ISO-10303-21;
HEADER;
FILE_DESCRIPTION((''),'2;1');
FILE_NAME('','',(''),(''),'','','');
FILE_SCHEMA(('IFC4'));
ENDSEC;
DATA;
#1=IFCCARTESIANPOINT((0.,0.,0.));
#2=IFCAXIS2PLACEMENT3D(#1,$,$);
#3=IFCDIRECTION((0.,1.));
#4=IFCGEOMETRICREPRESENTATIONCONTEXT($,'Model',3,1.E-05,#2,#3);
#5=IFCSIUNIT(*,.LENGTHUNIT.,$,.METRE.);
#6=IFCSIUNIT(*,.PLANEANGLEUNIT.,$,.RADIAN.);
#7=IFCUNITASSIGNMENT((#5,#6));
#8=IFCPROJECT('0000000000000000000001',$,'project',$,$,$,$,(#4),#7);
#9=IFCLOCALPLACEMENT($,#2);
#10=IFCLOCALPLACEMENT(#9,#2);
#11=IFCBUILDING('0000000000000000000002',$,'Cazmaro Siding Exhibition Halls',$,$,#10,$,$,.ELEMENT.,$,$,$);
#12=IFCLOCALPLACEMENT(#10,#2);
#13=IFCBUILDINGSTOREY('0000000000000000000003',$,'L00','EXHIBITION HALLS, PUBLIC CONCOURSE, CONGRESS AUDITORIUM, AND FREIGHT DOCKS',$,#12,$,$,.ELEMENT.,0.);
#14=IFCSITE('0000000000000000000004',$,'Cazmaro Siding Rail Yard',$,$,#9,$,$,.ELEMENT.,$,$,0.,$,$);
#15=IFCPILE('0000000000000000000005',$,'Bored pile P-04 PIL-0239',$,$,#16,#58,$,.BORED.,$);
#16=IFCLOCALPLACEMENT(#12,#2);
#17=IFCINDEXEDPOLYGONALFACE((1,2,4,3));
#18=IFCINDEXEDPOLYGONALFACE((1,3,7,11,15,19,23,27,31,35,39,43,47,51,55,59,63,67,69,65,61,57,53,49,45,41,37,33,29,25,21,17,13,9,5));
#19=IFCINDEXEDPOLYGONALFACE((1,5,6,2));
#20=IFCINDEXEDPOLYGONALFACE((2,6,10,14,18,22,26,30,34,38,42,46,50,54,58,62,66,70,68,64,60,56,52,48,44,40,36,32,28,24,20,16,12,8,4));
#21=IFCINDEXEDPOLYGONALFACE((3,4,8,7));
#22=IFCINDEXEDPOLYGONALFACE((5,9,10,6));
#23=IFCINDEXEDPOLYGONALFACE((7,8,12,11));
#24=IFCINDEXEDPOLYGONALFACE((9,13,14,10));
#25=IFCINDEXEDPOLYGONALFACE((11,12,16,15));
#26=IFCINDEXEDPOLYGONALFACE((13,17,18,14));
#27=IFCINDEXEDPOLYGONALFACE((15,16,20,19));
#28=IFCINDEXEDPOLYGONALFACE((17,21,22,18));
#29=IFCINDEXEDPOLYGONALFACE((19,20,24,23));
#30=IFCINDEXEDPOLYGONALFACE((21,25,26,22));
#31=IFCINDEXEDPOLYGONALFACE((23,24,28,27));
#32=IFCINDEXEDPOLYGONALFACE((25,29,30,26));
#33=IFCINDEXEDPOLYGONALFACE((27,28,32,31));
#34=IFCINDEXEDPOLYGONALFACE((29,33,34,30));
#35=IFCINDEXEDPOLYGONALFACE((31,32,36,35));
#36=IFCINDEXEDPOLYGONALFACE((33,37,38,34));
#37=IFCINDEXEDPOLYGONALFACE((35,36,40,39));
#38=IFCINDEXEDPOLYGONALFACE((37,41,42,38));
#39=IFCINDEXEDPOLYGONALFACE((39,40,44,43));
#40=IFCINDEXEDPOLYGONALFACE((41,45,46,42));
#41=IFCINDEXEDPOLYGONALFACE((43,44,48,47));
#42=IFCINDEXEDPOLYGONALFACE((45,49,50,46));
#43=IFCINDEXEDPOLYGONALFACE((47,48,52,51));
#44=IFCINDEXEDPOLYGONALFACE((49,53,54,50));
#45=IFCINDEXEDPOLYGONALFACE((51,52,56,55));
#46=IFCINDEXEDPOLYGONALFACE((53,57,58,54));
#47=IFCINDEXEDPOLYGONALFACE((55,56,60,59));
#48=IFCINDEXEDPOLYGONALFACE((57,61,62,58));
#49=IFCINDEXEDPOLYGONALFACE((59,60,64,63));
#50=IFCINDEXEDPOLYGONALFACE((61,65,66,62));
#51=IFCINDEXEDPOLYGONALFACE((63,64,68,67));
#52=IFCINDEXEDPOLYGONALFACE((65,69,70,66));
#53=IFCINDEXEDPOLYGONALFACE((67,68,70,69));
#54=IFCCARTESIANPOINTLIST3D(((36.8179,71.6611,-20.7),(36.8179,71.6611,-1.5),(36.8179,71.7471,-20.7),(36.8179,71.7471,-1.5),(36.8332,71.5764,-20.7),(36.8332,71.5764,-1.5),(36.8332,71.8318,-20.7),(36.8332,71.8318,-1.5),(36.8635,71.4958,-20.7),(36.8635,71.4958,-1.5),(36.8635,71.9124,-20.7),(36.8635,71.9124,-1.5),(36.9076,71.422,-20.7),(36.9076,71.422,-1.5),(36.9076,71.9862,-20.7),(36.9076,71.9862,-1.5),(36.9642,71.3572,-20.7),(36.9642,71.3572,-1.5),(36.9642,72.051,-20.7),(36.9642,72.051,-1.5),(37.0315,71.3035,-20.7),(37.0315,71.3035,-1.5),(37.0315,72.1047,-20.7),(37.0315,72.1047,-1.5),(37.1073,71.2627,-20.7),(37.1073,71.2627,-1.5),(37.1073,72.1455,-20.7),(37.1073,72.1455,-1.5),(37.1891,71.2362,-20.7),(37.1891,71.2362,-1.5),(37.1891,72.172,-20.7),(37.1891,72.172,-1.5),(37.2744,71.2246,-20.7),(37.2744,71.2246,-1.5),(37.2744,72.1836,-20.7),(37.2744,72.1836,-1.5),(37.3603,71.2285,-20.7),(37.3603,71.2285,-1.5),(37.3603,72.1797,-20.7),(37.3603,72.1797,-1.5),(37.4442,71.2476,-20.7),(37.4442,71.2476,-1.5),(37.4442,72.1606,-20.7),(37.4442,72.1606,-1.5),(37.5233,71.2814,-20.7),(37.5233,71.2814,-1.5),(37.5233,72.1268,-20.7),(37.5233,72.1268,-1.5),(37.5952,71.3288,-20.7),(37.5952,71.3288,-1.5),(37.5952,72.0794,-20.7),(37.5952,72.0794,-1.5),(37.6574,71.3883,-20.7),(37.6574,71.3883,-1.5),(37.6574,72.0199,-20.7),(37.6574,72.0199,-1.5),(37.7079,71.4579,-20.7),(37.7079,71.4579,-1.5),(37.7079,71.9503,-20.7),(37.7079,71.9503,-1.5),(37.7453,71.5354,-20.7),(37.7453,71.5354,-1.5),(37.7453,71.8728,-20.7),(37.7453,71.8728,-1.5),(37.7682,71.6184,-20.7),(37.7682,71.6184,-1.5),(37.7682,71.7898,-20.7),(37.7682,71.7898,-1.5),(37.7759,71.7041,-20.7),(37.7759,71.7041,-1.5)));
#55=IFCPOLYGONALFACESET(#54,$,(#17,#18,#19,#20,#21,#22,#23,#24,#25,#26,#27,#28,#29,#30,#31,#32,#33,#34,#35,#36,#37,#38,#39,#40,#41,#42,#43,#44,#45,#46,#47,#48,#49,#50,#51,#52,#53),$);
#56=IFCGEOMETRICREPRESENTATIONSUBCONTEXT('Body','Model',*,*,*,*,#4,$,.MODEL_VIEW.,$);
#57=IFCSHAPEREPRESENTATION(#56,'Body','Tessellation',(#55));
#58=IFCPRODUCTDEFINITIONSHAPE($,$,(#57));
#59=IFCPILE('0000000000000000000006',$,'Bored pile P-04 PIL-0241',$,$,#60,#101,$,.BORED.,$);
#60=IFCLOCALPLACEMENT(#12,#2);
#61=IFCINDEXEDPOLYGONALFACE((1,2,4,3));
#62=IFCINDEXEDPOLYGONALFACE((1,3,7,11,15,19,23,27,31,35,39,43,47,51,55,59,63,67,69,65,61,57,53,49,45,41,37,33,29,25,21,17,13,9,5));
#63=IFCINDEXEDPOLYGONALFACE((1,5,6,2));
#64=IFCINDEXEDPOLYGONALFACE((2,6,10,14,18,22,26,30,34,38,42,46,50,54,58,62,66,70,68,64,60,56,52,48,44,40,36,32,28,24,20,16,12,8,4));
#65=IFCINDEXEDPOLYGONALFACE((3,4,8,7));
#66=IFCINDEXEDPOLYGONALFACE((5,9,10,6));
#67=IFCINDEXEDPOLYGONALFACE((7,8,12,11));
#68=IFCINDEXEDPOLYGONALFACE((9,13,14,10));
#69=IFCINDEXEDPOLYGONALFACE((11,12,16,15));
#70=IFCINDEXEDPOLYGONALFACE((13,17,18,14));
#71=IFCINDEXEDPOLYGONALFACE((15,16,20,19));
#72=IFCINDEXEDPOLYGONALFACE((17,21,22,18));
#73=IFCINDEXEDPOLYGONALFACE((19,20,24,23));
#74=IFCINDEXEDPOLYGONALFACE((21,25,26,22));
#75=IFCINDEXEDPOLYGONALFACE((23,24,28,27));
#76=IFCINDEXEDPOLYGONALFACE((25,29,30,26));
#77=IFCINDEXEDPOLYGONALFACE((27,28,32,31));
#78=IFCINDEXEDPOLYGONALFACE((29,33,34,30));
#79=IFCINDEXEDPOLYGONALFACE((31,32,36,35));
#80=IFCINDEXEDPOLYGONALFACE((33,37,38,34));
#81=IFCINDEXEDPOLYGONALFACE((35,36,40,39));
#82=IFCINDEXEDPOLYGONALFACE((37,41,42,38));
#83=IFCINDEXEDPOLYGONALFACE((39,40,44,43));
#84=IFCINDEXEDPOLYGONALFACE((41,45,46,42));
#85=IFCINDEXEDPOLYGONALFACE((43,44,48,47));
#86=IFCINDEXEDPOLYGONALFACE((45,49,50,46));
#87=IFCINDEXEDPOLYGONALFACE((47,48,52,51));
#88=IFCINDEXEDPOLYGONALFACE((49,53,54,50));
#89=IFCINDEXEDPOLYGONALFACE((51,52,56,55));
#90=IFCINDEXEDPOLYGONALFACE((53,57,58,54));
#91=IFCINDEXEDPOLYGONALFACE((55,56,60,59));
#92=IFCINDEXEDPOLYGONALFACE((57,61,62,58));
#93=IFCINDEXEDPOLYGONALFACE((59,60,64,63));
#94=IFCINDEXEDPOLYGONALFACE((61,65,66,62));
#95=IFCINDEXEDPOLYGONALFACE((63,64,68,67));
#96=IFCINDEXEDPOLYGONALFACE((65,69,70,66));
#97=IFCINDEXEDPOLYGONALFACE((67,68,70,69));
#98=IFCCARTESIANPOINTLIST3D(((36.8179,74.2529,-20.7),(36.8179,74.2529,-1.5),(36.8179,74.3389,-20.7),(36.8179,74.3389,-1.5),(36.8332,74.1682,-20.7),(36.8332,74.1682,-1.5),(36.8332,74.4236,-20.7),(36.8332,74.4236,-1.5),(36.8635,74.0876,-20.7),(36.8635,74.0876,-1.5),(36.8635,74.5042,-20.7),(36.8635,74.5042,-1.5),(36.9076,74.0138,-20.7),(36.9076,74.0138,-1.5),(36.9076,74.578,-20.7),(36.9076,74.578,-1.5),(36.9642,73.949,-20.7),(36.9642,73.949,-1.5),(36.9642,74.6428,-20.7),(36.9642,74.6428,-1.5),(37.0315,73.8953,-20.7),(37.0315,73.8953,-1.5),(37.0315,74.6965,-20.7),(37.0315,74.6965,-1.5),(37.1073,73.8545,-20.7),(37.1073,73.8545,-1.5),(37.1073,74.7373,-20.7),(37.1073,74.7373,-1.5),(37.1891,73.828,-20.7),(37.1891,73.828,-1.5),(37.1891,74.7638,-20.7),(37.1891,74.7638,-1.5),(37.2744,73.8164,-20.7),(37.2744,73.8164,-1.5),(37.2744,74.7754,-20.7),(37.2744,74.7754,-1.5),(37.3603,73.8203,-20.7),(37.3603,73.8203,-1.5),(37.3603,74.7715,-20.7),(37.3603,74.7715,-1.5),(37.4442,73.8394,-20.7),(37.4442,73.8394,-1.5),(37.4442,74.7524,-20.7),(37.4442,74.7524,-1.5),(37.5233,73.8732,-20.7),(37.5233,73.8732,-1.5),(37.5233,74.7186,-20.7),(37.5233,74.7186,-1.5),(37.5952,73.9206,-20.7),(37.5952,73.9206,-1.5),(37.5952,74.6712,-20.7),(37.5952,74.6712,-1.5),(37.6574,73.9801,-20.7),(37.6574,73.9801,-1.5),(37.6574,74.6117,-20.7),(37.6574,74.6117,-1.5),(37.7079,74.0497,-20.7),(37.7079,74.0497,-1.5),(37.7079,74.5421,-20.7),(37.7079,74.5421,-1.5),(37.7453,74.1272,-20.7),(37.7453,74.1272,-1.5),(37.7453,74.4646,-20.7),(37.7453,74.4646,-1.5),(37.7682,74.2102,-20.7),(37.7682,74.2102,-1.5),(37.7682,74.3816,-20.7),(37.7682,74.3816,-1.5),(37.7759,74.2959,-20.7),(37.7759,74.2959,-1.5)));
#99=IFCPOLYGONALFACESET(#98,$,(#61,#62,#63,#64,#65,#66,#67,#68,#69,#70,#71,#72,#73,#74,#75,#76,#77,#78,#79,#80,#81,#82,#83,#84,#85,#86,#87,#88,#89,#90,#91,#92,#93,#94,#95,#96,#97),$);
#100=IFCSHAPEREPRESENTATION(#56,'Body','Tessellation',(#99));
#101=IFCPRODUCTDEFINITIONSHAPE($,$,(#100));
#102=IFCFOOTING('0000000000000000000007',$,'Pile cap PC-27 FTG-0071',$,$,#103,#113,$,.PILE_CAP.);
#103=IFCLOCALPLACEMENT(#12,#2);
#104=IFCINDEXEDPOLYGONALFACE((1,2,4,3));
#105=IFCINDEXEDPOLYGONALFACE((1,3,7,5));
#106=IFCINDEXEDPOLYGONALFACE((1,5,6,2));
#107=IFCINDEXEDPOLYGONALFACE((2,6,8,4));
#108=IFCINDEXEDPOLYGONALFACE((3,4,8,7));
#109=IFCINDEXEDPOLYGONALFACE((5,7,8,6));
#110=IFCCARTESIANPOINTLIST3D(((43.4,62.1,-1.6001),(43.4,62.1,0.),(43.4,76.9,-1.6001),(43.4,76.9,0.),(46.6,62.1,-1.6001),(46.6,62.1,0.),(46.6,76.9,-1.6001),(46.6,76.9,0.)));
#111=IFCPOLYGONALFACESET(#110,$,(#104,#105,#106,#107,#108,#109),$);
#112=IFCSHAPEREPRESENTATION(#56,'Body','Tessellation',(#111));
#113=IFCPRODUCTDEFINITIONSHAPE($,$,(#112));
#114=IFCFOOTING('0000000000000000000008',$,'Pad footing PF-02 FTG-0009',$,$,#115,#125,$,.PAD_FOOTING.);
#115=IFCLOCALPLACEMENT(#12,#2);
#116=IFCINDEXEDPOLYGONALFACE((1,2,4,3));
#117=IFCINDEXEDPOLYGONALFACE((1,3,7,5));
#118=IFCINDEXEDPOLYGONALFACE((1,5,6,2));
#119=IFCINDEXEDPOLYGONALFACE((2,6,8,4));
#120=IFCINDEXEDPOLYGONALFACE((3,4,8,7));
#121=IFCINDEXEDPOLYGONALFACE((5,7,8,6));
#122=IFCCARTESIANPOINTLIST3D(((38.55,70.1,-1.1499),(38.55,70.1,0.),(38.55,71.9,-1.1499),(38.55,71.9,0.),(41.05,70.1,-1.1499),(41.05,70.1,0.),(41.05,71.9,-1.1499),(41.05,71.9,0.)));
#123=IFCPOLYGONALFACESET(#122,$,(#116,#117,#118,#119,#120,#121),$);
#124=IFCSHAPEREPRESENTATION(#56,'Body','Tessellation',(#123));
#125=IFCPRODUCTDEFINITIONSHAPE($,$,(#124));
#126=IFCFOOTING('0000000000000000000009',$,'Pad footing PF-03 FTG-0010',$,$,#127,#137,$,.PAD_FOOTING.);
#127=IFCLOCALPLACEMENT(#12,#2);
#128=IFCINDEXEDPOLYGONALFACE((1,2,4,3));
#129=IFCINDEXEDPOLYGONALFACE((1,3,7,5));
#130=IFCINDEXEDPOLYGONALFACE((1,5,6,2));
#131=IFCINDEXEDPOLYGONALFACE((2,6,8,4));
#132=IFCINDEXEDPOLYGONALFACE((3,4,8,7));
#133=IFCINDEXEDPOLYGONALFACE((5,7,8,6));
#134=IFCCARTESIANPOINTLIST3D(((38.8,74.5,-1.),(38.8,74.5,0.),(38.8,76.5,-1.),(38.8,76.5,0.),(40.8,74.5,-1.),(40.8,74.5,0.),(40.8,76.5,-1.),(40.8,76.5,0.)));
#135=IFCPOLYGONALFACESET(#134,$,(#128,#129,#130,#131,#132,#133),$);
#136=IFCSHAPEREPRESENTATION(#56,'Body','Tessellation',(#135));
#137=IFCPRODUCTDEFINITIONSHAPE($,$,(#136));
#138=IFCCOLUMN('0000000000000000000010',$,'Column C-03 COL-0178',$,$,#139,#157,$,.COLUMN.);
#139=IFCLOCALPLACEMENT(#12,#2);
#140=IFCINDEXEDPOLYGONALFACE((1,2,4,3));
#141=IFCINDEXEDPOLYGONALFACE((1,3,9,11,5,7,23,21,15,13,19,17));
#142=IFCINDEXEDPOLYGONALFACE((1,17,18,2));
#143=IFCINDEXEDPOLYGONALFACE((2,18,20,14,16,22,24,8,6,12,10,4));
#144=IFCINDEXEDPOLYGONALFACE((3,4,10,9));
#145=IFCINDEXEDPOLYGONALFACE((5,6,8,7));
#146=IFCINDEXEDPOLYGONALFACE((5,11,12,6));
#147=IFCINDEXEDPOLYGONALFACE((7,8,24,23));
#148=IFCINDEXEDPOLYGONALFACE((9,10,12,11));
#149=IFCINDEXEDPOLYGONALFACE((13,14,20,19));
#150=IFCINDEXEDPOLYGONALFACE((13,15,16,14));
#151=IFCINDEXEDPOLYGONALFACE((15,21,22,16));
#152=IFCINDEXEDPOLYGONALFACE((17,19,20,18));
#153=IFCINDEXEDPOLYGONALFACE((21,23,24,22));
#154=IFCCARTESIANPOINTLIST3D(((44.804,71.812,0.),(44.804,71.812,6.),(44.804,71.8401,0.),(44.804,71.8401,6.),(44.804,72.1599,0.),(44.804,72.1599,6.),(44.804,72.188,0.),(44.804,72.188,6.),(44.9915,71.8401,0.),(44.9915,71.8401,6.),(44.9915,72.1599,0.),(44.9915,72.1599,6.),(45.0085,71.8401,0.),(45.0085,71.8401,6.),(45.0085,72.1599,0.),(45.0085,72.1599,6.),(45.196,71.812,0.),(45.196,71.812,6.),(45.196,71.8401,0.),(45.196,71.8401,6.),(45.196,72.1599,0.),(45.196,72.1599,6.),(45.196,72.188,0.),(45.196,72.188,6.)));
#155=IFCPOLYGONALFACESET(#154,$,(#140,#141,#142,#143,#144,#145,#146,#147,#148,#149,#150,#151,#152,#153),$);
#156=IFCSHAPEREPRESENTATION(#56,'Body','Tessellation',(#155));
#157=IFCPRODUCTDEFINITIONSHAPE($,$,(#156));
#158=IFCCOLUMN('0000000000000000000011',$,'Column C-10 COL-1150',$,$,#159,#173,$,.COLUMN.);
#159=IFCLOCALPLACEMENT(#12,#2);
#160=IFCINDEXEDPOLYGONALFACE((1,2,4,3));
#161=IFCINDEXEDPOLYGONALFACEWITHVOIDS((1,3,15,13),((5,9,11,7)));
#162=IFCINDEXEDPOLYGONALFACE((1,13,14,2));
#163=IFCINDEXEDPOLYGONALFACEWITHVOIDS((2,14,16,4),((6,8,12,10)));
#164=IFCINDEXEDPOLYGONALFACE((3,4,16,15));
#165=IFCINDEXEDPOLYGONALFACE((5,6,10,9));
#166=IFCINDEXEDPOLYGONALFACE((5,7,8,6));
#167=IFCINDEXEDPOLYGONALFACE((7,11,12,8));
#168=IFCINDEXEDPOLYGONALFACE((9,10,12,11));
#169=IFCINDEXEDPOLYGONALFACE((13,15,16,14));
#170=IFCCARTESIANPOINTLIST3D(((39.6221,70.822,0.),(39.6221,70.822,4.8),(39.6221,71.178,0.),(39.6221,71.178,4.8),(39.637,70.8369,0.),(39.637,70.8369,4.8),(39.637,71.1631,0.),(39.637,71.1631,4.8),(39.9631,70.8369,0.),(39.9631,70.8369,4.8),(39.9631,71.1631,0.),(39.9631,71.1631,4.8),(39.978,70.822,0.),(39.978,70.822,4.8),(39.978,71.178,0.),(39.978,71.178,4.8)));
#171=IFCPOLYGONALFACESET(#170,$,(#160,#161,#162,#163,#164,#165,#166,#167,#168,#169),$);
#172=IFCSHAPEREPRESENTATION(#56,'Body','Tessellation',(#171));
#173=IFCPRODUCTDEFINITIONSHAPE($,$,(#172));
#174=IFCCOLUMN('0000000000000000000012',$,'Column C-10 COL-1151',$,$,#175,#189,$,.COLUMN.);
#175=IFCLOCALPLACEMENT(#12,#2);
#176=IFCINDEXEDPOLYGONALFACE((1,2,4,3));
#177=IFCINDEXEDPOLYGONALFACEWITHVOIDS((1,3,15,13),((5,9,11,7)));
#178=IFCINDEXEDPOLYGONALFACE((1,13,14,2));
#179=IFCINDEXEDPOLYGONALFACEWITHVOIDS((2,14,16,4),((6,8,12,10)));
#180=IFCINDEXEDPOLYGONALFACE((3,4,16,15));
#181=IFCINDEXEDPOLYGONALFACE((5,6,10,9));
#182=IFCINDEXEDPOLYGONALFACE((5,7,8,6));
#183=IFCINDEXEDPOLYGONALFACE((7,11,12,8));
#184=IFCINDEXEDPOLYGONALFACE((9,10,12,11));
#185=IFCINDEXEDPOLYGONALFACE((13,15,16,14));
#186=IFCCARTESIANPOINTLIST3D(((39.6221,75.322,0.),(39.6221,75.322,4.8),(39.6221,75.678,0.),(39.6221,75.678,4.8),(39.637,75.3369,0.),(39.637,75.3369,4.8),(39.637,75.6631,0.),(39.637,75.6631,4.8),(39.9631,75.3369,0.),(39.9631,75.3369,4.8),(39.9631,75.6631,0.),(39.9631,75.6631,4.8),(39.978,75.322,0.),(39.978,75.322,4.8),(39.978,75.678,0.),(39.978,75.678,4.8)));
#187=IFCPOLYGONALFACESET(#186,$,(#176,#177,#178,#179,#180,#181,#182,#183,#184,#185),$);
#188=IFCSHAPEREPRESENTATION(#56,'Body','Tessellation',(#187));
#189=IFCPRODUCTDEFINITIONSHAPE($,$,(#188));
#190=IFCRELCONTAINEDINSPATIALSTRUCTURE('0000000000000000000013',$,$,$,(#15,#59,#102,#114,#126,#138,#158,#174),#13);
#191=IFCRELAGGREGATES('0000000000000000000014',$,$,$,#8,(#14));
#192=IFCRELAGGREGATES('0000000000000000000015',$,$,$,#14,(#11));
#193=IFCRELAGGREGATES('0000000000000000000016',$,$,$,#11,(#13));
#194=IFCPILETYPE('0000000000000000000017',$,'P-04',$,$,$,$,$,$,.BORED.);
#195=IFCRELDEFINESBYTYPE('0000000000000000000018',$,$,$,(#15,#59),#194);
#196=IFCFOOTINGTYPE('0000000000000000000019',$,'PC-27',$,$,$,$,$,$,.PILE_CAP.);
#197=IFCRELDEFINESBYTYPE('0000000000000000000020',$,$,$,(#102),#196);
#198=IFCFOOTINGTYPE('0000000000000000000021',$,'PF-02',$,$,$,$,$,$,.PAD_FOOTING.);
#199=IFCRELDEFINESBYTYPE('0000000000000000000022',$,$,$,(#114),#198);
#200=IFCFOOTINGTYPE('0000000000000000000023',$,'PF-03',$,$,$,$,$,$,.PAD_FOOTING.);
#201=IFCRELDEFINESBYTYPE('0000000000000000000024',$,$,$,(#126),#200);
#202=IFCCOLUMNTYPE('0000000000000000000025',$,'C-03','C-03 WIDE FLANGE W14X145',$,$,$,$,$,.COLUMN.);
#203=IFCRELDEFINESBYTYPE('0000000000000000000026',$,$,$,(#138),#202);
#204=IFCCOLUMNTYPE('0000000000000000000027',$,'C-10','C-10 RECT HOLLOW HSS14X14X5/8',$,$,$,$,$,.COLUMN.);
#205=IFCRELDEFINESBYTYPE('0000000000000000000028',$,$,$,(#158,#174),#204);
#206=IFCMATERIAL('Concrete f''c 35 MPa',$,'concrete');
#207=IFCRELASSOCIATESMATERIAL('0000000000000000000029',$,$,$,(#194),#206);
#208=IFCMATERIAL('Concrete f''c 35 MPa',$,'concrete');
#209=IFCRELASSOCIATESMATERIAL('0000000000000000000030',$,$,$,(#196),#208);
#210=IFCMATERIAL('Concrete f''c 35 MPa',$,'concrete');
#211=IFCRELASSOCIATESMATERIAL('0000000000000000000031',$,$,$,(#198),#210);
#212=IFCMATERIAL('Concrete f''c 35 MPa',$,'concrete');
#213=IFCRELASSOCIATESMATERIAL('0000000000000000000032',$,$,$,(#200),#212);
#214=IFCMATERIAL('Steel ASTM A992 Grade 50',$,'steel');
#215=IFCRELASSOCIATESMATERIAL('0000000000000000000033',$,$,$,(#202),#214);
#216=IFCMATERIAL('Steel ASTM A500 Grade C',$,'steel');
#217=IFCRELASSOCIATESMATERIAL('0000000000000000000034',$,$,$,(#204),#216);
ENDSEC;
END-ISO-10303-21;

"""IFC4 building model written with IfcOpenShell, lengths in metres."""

from ifc_helpers import new_model, si_unit, direction, frame, origin, origin_2d, place, context, subcontext, project, spatial, rectangle, hollow_rectangle, circle, i_section, extrude, material, material_profile, profile_set, type_object, element, save


model = new_model("IFC4")

# Units and contexts
model_context = context("Model", 3, precision=1e-05, world=origin(), true_north=direction((0.0, 1.0)))
body_context = subcontext(model_context, "Body", "Model", "MODEL_VIEW")
ifc_project = project(units=[si_unit("LENGTHUNIT", "METRE"), si_unit("PLANEANGLEUNIT", "RADIAN")], contexts=[model_context])

# Site, building, storey
site_placement = place(None, origin())
site = spatial("IfcSite", under=ifc_project, at=site_placement, Name="Cazmaro Siding Rail Yard", CompositionType="ELEMENT", RefElevation=0.0)
building_placement = place(site_placement, origin())
building = spatial("IfcBuilding", under=site, at=building_placement, Name="Cazmaro Siding Exhibition Halls", CompositionType="ELEMENT")
storey_placement = place(building_placement, origin())
storey = spatial("IfcBuildingStorey", under=building, at=storey_placement, Name="L00", Description="EXHIBITION HALLS, PUBLIC CONCOURSE, CONGRESS AUDITORIUM, AND FREIGHT DOCKS", CompositionType="ELEMENT", Elevation=0.0)

# Piles
ifc_material_1 = material(Name="Concrete f'c 35 MPa", Category="concrete")
ifc_material_profile_1 = material_profile(ifc_material_1, circle(Radius=0.48, at=origin_2d()), Name="CIDH-960")
ifc_profile_set_1 = profile_set([ifc_material_profile_1], Name="Concrete f'c 35 MPa")
pile_type_1 = type_object("IfcPileType", Name="P-04", PredefinedType="BORED", material=ifc_profile_set_1)
for number, where, z_axis, x_axis, name in (
    (1, (37.2959, 71.7041, -1.5), (0.0, 0.0, -1.0), (1.0, 0.0, 0.0), "Bored pile P-04 PIL-0239"),
    (2, (37.2959, 74.2959, -1.5), (0.0, 0.0, -1.0), (1.0, 0.0, 0.0), "Bored pile P-04 PIL-0241"),
):
    element("IfcPile", number, at=place(storey_placement, frame(where, z_axis=z_axis, x_axis=x_axis)), inside=storey, type_object=pile_type_1, Name=name, PredefinedType="BORED", context=body_context, shape_type="SweptSolid", body=[
        extrude(circle(Radius=0.48, at=origin_2d()), origin(), (0.0, 0.0, 1.0), 19.2),
    ])

# Footings
ifc_material_2 = material(Name="Concrete f'c 35 MPa", Category="concrete")
footing_type_1 = type_object("IfcFootingType", Name="PC-27", PredefinedType="PILE_CAP", material=ifc_material_2)
footing_1_placement = place(storey_placement, frame((45.0, 69.5, -1.6001), z_axis=(0.0, 0.0, 1.0), x_axis=(1.0, 0.0, 0.0)))
element("IfcFooting", 3, at=footing_1_placement, inside=storey, type_object=footing_type_1, Name="Pile cap PC-27 FTG-0071", PredefinedType="PILE_CAP", context=body_context, shape_type="SweptSolid", body=[
    extrude(rectangle(XDim=3.2, YDim=14.8, at=origin_2d()), origin(), (0.0, 0.0, 1.0), 1.6001),
])
ifc_material_3 = material(Name="Concrete f'c 35 MPa", Category="concrete")
footing_type_2 = type_object("IfcFootingType", Name="PF-02", PredefinedType="PAD_FOOTING", material=ifc_material_3)
footing_2_placement = place(storey_placement, frame((39.8, 71.0, -1.1499), z_axis=(0.0, 0.0, 1.0), x_axis=(1.0, 0.0, 0.0)))
element("IfcFooting", 4, at=footing_2_placement, inside=storey, type_object=footing_type_2, Name="Pad footing PF-02 FTG-0009", PredefinedType="PAD_FOOTING", context=body_context, shape_type="SweptSolid", body=[
    extrude(rectangle(XDim=2.5, YDim=1.8, at=origin_2d()), origin(), (0.0, 0.0, 1.0), 1.1499),
])
ifc_material_4 = material(Name="Concrete f'c 35 MPa", Category="concrete")
footing_type_3 = type_object("IfcFootingType", Name="PF-03", PredefinedType="PAD_FOOTING", material=ifc_material_4)
footing_3_placement = place(storey_placement, frame((39.8, 75.5, -1.0), z_axis=(0.0, 0.0, 1.0), x_axis=(1.0, 0.0, 0.0)))
element("IfcFooting", 5, at=footing_3_placement, inside=storey, type_object=footing_type_3, Name="Pad footing PF-03 FTG-0010", PredefinedType="PAD_FOOTING", context=body_context, shape_type="SweptSolid", body=[
    extrude(rectangle(XDim=2.0, YDim=2.0, at=origin_2d()), origin(), (0.0, 0.0, 1.0), 1.0),
])

# Columns
ifc_material_5 = material(Name="Steel ASTM A992 Grade 50", Category="steel")
ifc_material_profile_2 = material_profile(ifc_material_5, i_section(OverallWidth=0.3921, OverallDepth=0.376, WebThickness=0.0171, FlangeThickness=0.0281, at=origin_2d()), Name="W14X145")
ifc_profile_set_2 = profile_set([ifc_material_profile_2], Name="Steel ASTM A992 Grade 50")
column_type_1 = type_object("IfcColumnType", Name="C-03", Description="C-03 WIDE FLANGE W14X145", PredefinedType="COLUMN", material=ifc_profile_set_2)
column_placement = place(storey_placement, frame((45.0, 72.0, 0.0), z_axis=(0.0, 0.0, 1.0), x_axis=(1.0, 0.0, 0.0)))
element("IfcColumn", 6, at=column_placement, inside=storey, type_object=column_type_1, Name="Column C-03 COL-0178", PredefinedType="COLUMN", context=body_context, shape_type="SweptSolid", body=[
    extrude(i_section(OverallWidth=0.3921, OverallDepth=0.376, WebThickness=0.0171, FlangeThickness=0.0281, at=origin_2d()), origin(), (0.0, 0.0, 1.0), 6.0),
])
ifc_material_6 = material(Name="Steel ASTM A500 Grade C", Category="steel")
ifc_material_profile_3 = material_profile(ifc_material_6, hollow_rectangle(XDim=0.356, YDim=0.356, WallThickness=0.0149, at=origin_2d()), Name="HSS14X14X5/8")
ifc_profile_set_3 = profile_set([ifc_material_profile_3], Name="Steel ASTM A500 Grade C")
column_type_2 = type_object("IfcColumnType", Name="C-10", Description="C-10 RECT HOLLOW HSS14X14X5/8", PredefinedType="COLUMN", material=ifc_profile_set_3)
for number, where, z_axis, x_axis, name in (
    (7, (39.8, 71.0, 0.0), (0.0, 0.0, 1.0), (1.0, 0.0, 0.0), "Column C-10 COL-1150"),
    (8, (39.8, 75.5, 0.0), (0.0, 0.0, 1.0), (1.0, 0.0, 0.0), "Column C-10 COL-1151"),
):
    element("IfcColumn", number, at=place(storey_placement, frame(where, z_axis=z_axis, x_axis=x_axis)), inside=storey, type_object=column_type_2, Name=name, PredefinedType="COLUMN", context=body_context, shape_type="SweptSolid", body=[
        extrude(hollow_rectangle(XDim=0.356, YDim=0.356, WallThickness=0.0149, at=origin_2d()), origin(), (0.0, 0.0, 1.0), 4.8),
    ])

save(model, "model.ifc")
